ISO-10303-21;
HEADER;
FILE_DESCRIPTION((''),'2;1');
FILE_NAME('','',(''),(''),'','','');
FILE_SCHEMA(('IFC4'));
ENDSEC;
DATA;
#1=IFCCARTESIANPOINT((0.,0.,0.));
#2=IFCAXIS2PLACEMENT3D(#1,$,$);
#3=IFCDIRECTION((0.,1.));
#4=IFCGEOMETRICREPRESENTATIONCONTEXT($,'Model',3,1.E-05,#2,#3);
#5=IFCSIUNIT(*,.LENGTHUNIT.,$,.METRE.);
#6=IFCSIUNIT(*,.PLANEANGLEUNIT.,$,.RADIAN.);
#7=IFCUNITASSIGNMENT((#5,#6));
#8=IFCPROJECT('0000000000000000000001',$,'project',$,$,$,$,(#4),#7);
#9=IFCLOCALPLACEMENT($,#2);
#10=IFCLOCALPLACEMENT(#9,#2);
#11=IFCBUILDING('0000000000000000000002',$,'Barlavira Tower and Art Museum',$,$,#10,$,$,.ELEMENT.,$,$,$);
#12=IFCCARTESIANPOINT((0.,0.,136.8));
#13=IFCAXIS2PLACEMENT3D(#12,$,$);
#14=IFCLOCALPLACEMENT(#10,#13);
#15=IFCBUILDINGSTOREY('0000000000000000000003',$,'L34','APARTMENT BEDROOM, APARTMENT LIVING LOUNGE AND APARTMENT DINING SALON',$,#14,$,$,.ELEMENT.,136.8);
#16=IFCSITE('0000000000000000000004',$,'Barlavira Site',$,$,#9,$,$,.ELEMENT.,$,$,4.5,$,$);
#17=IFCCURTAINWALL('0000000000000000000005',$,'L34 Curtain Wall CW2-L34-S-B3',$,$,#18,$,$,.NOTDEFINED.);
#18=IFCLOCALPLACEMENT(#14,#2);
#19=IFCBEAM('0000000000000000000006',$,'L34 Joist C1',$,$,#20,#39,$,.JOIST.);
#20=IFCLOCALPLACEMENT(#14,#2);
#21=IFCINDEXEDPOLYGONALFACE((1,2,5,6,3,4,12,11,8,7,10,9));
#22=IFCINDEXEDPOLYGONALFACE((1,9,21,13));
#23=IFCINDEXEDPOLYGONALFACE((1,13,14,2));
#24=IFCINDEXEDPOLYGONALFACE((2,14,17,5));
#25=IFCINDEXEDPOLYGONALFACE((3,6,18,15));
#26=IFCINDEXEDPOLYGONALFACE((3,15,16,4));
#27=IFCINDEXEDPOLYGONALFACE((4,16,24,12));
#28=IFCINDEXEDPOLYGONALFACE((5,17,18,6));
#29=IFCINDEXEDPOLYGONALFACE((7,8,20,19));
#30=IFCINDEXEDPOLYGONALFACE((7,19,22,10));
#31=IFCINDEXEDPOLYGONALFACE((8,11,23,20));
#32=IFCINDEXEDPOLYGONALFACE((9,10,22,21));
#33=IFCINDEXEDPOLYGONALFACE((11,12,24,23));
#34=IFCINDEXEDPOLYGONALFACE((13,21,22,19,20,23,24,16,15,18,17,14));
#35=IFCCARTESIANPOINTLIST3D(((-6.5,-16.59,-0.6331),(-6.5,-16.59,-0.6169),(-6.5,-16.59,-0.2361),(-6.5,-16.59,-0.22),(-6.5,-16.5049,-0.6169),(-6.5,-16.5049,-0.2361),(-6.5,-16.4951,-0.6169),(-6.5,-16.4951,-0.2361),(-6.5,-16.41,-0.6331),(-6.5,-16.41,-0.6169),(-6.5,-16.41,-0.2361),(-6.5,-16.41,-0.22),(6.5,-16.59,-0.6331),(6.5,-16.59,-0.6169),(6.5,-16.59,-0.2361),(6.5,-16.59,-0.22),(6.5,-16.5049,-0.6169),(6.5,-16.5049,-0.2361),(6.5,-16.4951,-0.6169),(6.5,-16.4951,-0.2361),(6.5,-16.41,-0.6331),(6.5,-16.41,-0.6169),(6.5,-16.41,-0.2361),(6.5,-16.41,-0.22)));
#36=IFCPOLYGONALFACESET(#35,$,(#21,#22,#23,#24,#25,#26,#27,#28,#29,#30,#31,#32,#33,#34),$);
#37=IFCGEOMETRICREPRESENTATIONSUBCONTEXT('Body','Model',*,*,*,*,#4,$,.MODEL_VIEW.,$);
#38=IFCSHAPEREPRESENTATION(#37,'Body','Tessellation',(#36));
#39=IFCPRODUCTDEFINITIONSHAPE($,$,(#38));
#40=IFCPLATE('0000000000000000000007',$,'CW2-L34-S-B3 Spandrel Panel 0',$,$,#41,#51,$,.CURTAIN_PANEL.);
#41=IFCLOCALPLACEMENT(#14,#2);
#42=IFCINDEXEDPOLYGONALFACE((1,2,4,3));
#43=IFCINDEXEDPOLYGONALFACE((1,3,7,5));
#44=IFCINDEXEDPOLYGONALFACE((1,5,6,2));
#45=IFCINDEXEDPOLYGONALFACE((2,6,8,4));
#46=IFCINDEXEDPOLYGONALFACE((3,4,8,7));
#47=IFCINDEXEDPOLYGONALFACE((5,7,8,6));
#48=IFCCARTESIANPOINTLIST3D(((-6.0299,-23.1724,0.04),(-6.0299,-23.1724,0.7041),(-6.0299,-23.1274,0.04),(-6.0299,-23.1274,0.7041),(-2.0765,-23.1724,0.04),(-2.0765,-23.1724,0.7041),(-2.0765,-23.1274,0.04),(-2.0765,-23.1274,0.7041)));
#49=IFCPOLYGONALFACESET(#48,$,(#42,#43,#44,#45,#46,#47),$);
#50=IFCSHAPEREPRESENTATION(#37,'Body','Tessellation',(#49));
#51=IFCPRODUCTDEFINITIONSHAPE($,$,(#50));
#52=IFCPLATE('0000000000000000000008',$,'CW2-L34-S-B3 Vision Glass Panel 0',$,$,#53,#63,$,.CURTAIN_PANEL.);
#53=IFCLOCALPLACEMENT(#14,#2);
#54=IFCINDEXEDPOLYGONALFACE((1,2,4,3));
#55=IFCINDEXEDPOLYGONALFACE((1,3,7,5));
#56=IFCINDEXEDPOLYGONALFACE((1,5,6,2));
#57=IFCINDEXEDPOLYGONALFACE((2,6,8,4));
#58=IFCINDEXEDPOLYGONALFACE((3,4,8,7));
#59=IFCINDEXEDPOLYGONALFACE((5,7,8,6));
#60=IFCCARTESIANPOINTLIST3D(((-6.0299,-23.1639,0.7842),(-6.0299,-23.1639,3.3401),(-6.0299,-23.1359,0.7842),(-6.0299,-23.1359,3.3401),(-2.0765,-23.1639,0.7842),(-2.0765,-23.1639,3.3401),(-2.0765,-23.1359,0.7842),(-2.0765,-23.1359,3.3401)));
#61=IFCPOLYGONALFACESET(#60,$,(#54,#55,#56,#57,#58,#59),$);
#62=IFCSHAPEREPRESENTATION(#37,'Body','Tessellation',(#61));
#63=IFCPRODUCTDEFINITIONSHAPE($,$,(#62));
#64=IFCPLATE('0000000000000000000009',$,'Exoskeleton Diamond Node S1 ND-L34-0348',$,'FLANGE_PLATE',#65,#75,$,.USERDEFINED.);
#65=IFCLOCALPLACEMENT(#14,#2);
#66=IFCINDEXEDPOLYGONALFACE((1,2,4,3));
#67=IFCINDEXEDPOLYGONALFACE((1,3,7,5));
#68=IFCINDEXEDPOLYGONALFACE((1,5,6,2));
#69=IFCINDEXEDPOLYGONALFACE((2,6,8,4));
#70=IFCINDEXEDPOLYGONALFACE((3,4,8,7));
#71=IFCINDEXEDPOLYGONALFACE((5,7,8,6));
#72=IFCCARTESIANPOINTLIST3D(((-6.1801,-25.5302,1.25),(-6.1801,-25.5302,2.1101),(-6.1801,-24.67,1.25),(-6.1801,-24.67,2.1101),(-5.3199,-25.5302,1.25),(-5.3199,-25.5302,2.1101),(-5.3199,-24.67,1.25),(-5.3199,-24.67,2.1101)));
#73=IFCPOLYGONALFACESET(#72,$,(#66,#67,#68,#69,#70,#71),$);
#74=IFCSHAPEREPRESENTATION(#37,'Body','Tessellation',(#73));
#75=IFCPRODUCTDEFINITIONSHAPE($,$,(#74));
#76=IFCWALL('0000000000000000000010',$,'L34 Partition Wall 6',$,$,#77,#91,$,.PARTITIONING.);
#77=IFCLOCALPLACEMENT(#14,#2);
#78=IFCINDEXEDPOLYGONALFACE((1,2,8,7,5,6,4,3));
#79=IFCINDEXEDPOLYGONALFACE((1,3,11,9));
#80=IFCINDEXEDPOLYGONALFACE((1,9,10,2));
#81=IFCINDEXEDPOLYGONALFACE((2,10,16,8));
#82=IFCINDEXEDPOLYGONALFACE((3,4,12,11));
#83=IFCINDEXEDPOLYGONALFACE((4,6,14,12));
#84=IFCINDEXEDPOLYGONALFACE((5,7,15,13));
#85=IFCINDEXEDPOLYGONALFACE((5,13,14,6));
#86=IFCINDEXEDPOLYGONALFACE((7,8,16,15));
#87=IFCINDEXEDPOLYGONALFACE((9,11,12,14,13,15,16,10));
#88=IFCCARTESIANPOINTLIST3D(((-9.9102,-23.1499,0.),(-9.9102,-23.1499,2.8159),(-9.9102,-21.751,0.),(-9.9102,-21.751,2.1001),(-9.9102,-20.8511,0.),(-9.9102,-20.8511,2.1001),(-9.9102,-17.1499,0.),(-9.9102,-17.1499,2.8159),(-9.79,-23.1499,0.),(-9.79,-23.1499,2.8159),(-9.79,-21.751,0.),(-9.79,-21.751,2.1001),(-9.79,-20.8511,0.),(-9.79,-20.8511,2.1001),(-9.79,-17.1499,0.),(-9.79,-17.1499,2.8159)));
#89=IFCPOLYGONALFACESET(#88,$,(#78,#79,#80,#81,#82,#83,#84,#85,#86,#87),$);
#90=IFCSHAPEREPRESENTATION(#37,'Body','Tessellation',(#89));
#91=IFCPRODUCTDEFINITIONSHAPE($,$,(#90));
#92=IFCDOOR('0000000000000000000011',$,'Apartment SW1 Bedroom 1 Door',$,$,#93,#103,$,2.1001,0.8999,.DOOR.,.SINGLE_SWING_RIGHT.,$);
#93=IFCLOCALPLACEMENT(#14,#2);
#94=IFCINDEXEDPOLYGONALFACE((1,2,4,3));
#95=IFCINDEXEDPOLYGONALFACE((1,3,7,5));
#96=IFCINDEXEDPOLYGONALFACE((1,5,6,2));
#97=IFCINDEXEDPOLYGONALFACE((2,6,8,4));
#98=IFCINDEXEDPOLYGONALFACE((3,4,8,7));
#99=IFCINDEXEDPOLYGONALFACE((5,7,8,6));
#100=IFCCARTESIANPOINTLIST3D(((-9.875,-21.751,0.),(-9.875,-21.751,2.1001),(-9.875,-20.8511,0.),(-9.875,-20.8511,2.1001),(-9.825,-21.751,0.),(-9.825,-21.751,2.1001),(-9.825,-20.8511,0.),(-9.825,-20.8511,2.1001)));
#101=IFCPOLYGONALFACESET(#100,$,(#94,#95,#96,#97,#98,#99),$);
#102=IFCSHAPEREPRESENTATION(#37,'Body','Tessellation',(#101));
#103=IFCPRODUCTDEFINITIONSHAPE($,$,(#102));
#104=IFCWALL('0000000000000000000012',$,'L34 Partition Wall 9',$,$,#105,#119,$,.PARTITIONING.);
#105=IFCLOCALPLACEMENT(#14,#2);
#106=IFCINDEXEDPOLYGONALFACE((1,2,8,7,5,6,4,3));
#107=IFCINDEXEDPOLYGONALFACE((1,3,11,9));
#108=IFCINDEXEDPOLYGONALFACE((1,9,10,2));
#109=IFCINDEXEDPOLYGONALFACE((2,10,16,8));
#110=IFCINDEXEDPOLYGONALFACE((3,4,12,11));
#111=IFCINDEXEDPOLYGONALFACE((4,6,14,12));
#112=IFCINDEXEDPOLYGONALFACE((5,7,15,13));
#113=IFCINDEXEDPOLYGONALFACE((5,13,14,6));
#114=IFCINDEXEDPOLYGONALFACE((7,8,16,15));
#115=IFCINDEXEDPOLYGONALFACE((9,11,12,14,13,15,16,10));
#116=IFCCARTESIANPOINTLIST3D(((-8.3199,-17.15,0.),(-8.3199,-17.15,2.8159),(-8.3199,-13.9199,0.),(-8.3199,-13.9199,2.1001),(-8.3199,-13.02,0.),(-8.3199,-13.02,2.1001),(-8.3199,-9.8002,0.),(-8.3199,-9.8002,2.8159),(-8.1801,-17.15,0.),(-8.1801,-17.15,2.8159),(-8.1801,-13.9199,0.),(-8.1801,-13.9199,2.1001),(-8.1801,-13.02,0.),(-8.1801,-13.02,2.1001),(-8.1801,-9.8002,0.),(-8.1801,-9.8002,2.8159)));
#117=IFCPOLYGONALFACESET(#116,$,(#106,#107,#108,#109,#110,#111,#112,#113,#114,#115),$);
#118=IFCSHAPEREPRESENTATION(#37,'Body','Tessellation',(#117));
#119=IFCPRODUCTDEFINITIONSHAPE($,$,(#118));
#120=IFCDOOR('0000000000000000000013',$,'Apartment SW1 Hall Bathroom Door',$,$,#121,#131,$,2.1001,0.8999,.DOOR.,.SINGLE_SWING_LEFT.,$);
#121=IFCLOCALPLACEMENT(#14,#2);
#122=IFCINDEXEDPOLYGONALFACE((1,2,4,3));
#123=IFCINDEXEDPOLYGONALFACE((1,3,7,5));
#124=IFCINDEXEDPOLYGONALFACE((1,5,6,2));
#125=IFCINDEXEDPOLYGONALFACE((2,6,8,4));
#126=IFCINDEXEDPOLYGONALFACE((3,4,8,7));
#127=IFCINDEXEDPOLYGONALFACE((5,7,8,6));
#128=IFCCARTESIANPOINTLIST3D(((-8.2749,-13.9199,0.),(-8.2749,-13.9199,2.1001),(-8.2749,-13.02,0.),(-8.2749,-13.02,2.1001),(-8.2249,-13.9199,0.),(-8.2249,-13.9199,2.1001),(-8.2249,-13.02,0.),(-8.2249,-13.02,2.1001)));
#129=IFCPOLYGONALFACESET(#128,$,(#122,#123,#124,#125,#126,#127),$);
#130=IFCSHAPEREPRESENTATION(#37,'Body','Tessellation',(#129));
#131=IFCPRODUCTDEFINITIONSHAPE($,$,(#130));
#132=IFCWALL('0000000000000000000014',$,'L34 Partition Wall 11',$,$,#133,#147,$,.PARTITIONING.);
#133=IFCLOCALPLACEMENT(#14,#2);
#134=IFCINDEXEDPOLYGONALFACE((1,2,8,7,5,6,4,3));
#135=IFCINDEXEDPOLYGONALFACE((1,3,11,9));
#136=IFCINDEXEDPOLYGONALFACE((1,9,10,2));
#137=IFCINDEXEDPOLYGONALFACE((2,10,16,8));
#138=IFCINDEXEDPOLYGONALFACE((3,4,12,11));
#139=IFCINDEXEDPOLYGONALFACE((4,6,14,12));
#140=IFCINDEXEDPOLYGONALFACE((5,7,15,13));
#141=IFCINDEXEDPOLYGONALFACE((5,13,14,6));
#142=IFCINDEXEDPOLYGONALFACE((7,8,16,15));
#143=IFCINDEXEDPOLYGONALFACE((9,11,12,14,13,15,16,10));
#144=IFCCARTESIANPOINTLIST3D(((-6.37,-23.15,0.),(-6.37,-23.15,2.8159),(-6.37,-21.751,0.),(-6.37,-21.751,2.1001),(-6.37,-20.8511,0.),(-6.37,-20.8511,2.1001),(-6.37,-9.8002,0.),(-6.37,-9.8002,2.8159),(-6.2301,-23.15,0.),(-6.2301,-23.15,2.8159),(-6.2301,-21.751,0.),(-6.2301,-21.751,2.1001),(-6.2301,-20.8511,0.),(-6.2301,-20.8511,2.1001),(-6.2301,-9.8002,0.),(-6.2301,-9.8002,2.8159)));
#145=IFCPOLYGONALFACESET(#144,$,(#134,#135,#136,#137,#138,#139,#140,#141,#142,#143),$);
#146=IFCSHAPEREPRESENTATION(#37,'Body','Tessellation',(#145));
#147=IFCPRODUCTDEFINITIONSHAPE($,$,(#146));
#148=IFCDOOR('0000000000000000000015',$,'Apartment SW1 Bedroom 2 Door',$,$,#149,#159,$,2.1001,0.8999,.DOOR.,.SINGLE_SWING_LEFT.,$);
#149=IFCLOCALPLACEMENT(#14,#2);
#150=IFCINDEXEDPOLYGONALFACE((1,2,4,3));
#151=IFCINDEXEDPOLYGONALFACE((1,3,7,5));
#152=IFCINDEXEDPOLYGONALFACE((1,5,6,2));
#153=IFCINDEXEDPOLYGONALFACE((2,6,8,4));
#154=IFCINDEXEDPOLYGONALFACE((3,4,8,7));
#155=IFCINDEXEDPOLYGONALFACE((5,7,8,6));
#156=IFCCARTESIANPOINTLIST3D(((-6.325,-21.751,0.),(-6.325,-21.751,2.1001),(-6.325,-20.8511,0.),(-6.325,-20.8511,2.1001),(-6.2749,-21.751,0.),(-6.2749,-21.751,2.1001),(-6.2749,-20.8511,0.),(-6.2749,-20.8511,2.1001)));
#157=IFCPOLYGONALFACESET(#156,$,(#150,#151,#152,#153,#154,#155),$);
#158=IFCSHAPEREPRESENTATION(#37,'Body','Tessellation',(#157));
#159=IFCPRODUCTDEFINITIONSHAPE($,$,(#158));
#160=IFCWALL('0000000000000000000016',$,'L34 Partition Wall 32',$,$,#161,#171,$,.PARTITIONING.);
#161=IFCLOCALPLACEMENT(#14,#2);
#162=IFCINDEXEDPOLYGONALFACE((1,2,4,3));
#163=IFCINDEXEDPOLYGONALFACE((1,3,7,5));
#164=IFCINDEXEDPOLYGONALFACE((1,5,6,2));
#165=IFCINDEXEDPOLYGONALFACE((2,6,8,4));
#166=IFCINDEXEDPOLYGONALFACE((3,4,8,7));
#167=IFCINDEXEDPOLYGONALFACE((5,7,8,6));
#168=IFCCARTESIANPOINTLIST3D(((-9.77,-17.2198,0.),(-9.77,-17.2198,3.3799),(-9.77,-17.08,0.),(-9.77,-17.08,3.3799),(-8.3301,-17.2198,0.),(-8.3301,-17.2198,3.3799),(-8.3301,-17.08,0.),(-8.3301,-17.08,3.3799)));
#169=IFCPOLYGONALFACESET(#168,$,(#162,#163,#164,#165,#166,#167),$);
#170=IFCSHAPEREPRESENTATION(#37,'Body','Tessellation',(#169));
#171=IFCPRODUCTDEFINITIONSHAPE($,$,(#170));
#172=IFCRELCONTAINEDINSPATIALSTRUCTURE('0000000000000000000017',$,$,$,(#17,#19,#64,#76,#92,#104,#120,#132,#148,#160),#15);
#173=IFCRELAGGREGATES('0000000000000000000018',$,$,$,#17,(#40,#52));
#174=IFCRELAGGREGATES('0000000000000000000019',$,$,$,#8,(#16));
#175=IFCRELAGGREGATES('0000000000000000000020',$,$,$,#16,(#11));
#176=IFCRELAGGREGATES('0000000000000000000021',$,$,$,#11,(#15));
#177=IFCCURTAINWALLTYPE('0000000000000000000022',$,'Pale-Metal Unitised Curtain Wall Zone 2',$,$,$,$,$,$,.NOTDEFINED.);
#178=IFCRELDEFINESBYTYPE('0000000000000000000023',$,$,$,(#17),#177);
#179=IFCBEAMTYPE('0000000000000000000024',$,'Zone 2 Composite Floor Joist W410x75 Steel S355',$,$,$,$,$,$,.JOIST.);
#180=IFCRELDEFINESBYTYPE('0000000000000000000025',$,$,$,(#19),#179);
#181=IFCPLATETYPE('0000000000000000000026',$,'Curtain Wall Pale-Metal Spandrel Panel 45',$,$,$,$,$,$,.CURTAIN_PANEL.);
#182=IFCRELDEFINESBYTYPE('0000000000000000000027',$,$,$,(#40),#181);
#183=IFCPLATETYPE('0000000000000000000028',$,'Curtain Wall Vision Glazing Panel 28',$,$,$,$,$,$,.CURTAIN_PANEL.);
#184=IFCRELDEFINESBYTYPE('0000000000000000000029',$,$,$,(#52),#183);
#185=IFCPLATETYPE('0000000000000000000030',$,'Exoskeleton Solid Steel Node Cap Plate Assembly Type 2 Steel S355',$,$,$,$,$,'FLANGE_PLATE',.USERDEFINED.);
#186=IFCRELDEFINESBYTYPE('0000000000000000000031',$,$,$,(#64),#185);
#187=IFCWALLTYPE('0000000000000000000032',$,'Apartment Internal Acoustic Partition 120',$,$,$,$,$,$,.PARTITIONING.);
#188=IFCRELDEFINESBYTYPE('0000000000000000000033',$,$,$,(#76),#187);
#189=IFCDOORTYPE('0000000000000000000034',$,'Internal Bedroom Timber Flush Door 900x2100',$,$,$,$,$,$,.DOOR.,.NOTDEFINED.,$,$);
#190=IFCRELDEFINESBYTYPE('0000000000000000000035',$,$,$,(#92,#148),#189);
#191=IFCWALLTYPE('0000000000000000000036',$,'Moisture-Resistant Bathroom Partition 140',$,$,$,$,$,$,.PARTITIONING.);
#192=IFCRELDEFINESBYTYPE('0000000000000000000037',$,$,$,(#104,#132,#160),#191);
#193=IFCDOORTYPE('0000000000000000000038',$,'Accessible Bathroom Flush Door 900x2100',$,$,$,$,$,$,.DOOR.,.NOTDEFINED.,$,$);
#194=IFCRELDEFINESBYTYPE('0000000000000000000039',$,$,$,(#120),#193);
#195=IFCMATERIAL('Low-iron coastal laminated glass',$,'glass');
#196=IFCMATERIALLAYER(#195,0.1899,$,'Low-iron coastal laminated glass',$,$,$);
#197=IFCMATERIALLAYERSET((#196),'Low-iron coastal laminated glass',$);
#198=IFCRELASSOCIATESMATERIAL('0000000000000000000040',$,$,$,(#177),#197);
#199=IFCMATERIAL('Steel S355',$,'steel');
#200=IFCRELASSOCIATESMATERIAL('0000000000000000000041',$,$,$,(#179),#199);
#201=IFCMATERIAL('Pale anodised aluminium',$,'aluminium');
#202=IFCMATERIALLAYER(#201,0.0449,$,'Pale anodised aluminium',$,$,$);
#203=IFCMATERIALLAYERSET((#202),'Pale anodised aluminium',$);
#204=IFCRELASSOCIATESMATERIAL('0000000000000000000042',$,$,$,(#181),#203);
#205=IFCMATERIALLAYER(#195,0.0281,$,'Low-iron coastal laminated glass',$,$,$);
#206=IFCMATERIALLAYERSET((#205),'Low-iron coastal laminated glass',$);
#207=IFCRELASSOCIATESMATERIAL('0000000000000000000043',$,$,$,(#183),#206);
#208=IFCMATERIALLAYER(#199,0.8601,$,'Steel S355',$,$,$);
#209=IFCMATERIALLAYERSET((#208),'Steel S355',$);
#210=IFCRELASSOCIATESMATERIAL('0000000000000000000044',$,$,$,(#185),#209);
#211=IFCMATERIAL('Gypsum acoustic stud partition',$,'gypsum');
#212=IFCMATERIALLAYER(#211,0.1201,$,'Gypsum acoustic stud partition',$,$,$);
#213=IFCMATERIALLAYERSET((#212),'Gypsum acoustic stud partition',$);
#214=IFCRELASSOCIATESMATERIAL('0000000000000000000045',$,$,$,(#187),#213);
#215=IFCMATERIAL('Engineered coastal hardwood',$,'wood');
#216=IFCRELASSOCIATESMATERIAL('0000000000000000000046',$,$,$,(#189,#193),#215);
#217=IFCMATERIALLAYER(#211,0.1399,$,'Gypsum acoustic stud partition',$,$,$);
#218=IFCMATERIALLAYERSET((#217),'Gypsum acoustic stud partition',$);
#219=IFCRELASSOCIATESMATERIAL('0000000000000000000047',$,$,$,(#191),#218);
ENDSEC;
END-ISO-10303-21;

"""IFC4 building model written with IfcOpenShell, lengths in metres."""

from ifc_helpers import new_model, si_unit, direction, frame, frame_2d, origin, origin_2d, place, context, subcontext, project, spatial, rectangle, i_section, extrude, material, layer, layer_set, material_profile, profile_set, type_object, element, fill, aggregate, save


model = new_model("IFC4")

# Units and contexts
model_context = context("Model", 3, precision=1e-05, world=origin(), true_north=direction((0.0, 1.0)))
body_context = subcontext(model_context, "Body", "Model", "MODEL_VIEW")
ifc_project = project(units=[si_unit("LENGTHUNIT", "METRE"), si_unit("PLANEANGLEUNIT", "RADIAN")], contexts=[model_context])

# Site, building, storey
site_placement = place(None, origin())
site = spatial("IfcSite", under=ifc_project, at=site_placement, Name="Barlavira Site", CompositionType="ELEMENT", RefElevation=4.5)
building_placement = place(site_placement, origin())
building = spatial("IfcBuilding", under=site, at=building_placement, Name="Barlavira Tower and Art Museum", CompositionType="ELEMENT")
storey_placement = place(building_placement, frame((0.0, 0.0, 136.8)))
storey = spatial("IfcBuildingStorey", under=building, at=storey_placement, Name="L34", Description="APARTMENT BEDROOM, APARTMENT LIVING LOUNGE AND APARTMENT DINING SALON", CompositionType="ELEMENT", Elevation=136.8)

# Curtain wall
ifc_material_1 = material(Name="Low-iron coastal laminated glass", Category="glass")
ifc_layer_1 = layer(ifc_material_1, 0.1899, Name="Low-iron coastal laminated glass")
ifc_layer_set_1 = layer_set([ifc_layer_1], Name="Low-iron coastal laminated glass")
curtain_wall_type = type_object("IfcCurtainWallType", Name="Pale-Metal Unitised Curtain Wall Zone 2", PredefinedType="NOTDEFINED", material=ifc_layer_set_1)
curtain_wall_placement = place(storey_placement, origin())
curtain_wall = element("IfcCurtainWall", 1, at=curtain_wall_placement, inside=storey, type_object=curtain_wall_type, Name="L34 Curtain Wall CW2-L34-S-B3", PredefinedType="NOTDEFINED")
ifc_material_2 = material(Name="Pale anodised aluminium", Category="aluminium")

# Beam
ifc_material_3 = material(Name="Steel S355", Category="steel")
ifc_material_profile_1 = material_profile(ifc_material_3, i_section(OverallWidth=0.1799, OverallDepth=0.4131, WebThickness=0.0098, FlangeThickness=0.0161, at=origin_2d()), Name="W410x75.0")
ifc_profile_set_1 = profile_set([ifc_material_profile_1], Name="Steel S355")
beam_type_1 = type_object("IfcBeamType", Name="Zone 2 Composite Floor Joist W410x75 Steel S355", PredefinedType="JOIST", material=ifc_profile_set_1)
beam_1_placement = place(storey_placement, frame((-6.5, -16.5, -0.4265), z_axis=(1.0, 0.0, 0.0), x_axis=(0.0, 1.0, 0.0)))
element("IfcBeam", 2, at=beam_1_placement, inside=storey, type_object=beam_type_1, Name="L34 Joist C1", PredefinedType="JOIST", context=body_context, shape_type="SweptSolid", body=[
    extrude(i_section(OverallWidth=0.1799, OverallDepth=0.4131, WebThickness=0.0098, FlangeThickness=0.0161, at=origin_2d()), origin(), (0.0, 0.0, 1.0), 13.0),
])

# Plates
ifc_layer_2 = layer(ifc_material_2, 0.0449, Name="Pale anodised aluminium")
ifc_layer_set_2 = layer_set([ifc_layer_2], Name="Pale anodised aluminium")
plate_type_1 = type_object("IfcPlateType", Name="Curtain Wall Pale-Metal Spandrel Panel 45", PredefinedType="CURTAIN_PANEL", material=ifc_layer_set_2)
plate_1_placement = place(storey_placement, frame((-4.0532, -23.1499, 0.04), z_axis=(0.0, 0.0, 1.0), x_axis=(1.0, 0.0, 0.0)))
plate_1 = element("IfcPlate", 3, at=plate_1_placement, type_object=plate_type_1, Name="CW2-L34-S-B3 Spandrel Panel 0", PredefinedType="CURTAIN_PANEL", context=body_context, shape_type="SweptSolid", body=[
    extrude(rectangle(XDim=3.9534, YDim=0.0449, at=origin_2d()), origin(), (0.0, 0.0, 1.0), 0.6641),
])
ifc_layer_3 = layer(ifc_material_1, 0.0281, Name="Low-iron coastal laminated glass")
ifc_layer_set_3 = layer_set([ifc_layer_3], Name="Low-iron coastal laminated glass")
plate_type_2 = type_object("IfcPlateType", Name="Curtain Wall Vision Glazing Panel 28", PredefinedType="CURTAIN_PANEL", material=ifc_layer_set_3)
plate_2_placement = place(storey_placement, frame((-4.0532, -23.1499, 0.7842), z_axis=(0.0, 0.0, 1.0), x_axis=(1.0, 0.0, 0.0)))
plate_2 = element("IfcPlate", 4, at=plate_2_placement, type_object=plate_type_2, Name="CW2-L34-S-B3 Vision Glass Panel 0", PredefinedType="CURTAIN_PANEL", context=body_context, shape_type="SweptSolid", body=[
    extrude(rectangle(XDim=3.9534, YDim=0.0281, at=origin_2d()), origin(), (0.0, 0.0, 1.0), 2.5559),
])
aggregate(curtain_wall, [plate_1, plate_2])
ifc_layer_4 = layer(ifc_material_3, 0.8601, Name="Steel S355")
ifc_layer_set_4 = layer_set([ifc_layer_4], Name="Steel S355")
plate_type_3 = type_object("IfcPlateType", Name="Exoskeleton Solid Steel Node Cap Plate Assembly Type 2 Steel S355", ElementType="FLANGE_PLATE", PredefinedType="USERDEFINED", material=ifc_layer_set_4)
plate_3_placement = place(storey_placement, frame((-5.75, -25.1001, 1.25), z_axis=(0.0, 0.0, 1.0), x_axis=(1.0, 0.0, 0.0)))
element("IfcPlate", 5, at=plate_3_placement, inside=storey, type_object=plate_type_3, Name="Exoskeleton Diamond Node S1 ND-L34-0348", ObjectType="FLANGE_PLATE", PredefinedType="USERDEFINED", context=body_context, shape_type="SweptSolid", body=[
    extrude(rectangle(XDim=0.8601, YDim=0.8601, at=origin_2d()), origin(), (0.0, 0.0, 1.0), 0.8601),
])

# Walls, openings, doors
ifc_material_4 = material(Name="Gypsum acoustic stud partition", Category="gypsum")
ifc_layer_5 = layer(ifc_material_4, 0.1201, Name="Gypsum acoustic stud partition")
ifc_layer_set_5 = layer_set([ifc_layer_5], Name="Gypsum acoustic stud partition")
wall_type_1 = type_object("IfcWallType", Name="Apartment Internal Acoustic Partition 120", PredefinedType="PARTITIONING", material=ifc_layer_set_5)
wall_1_placement = place(storey_placement, frame((-9.8501, -23.1499, 0.0), z_axis=(0.0, 0.0, 1.0), x_axis=(0.0, 1.0, 0.0)))
wall_1 = element("IfcWall", 6, at=wall_1_placement, inside=storey, type_object=wall_type_1, Name="L34 Partition Wall 6", PredefinedType="PARTITIONING", context=body_context, shape_type="SweptSolid", body=[
    extrude(rectangle(XDim=6.0, YDim=0.1201, at=frame_2d((3.0, 0.0))), origin(), (0.0, 0.0, 1.0), 2.8159),
])
opening_1_placement = place(wall_1_placement, frame((1.3989, 0.0, 0.0)))
opening_1 = element("IfcOpeningElement", 7, at=opening_1_placement, cuts=wall_1, PredefinedType="OPENING", context=body_context, shape_type="SweptSolid", body=[
    extrude(rectangle(XDim=0.8999, YDim=2.1001, at=frame_2d((0.45, 1.05))), frame((0.0, 0.0701, 0.0), z_axis=(0.0, -1.0, 0.0), x_axis=(1.0, 0.0, 0.0)), (0.0, 0.0, 1.0), 0.1401),
])
ifc_material_5 = material(Name="Engineered coastal hardwood", Category="wood")
door_type_1 = type_object("IfcDoorType", Name="Internal Bedroom Timber Flush Door 900x2100", OperationType="NOTDEFINED", PredefinedType="DOOR", material=ifc_material_5)
door_1_placement = place(opening_1_placement, origin())
door_1 = element("IfcDoor", 8, at=door_1_placement, inside=storey, type_object=door_type_1, Name="Apartment SW1 Bedroom 1 Door", OperationType="SINGLE_SWING_RIGHT", OverallHeight=2.1001, OverallWidth=0.8999, PredefinedType="DOOR", context=body_context, shape_type="SweptSolid", body=[
    extrude(rectangle(XDim=0.8999, YDim=2.1001, at=frame_2d((0.45, 1.05))), frame((0.0, 0.0249, 0.0), z_axis=(0.0, -1.0, 0.0), x_axis=(1.0, 0.0, 0.0)), (0.0, 0.0, 1.0), 0.05),
])
fill(opening_1, door_1)
ifc_layer_6 = layer(ifc_material_4, 0.1399, Name="Gypsum acoustic stud partition")
ifc_layer_set_6 = layer_set([ifc_layer_6], Name="Gypsum acoustic stud partition")
wall_type_2 = type_object("IfcWallType", Name="Moisture-Resistant Bathroom Partition 140", PredefinedType="PARTITIONING", material=ifc_layer_set_6)
wall_2_placement = place(storey_placement, frame((-8.25, -17.1499, 0.0), z_axis=(0.0, 0.0, 1.0), x_axis=(0.0, 1.0, 0.0)))
wall_2 = element("IfcWall", 9, at=wall_2_placement, inside=storey, type_object=wall_type_2, Name="L34 Partition Wall 9", PredefinedType="PARTITIONING", context=body_context, shape_type="SweptSolid", body=[
    extrude(rectangle(XDim=7.3499, YDim=0.1399, at=frame_2d((3.6748, 0.0))), origin(), (0.0, 0.0, 1.0), 2.8159),
])
opening_2_placement = place(wall_2_placement, frame((3.23, 0.0, 0.0)))
opening_2 = element("IfcOpeningElement", 10, at=opening_2_placement, cuts=wall_2, PredefinedType="OPENING", context=body_context, shape_type="SweptSolid", body=[
    extrude(rectangle(XDim=0.8999, YDim=2.1001, at=frame_2d((0.45, 1.05))), frame((0.0, 0.0801, 0.0), z_axis=(0.0, -1.0, 0.0), x_axis=(1.0, 0.0, 0.0)), (0.0, 0.0, 1.0), 0.1599),
])
door_type_2 = type_object("IfcDoorType", Name="Accessible Bathroom Flush Door 900x2100", OperationType="NOTDEFINED", PredefinedType="DOOR", material=ifc_material_5)
door_2_placement = place(opening_2_placement, origin())
door_2 = element("IfcDoor", 11, at=door_2_placement, inside=storey, type_object=door_type_2, Name="Apartment SW1 Hall Bathroom Door", OperationType="SINGLE_SWING_LEFT", OverallHeight=2.1001, OverallWidth=0.8999, PredefinedType="DOOR", context=body_context, shape_type="SweptSolid", body=[
    extrude(rectangle(XDim=0.8999, YDim=2.1001, at=frame_2d((0.45, 1.05))), frame((0.0, 0.0249, 0.0), z_axis=(0.0, -1.0, 0.0), x_axis=(1.0, 0.0, 0.0)), (0.0, 0.0, 1.0), 0.05),
])
fill(opening_2, door_2)
wall_3_placement = place(storey_placement, frame((-6.3, -23.1499, 0.0), z_axis=(0.0, 0.0, 1.0), x_axis=(0.0, 1.0, 0.0)))
wall_3 = element("IfcWall", 12, at=wall_3_placement, inside=storey, type_object=wall_type_2, Name="L34 Partition Wall 11", PredefinedType="PARTITIONING", context=body_context, shape_type="SweptSolid", body=[
    extrude(rectangle(XDim=13.3499, YDim=0.1399, at=frame_2d((6.6748, 0.0))), origin(), (0.0, 0.0, 1.0), 2.8159),
])
opening_3_placement = place(wall_3_placement, frame((1.3989, 0.0, 0.0)))
opening_3 = element("IfcOpeningElement", 13, at=opening_3_placement, cuts=wall_3, PredefinedType="OPENING", context=body_context, shape_type="SweptSolid", body=[
    extrude(rectangle(XDim=0.8999, YDim=2.1001, at=frame_2d((0.45, 1.05))), frame((0.0, 0.0801, 0.0), z_axis=(0.0, -1.0, 0.0), x_axis=(1.0, 0.0, 0.0)), (0.0, 0.0, 1.0), 0.1599),
])
door_3_placement = place(opening_3_placement, origin())
door_3 = element("IfcDoor", 14, at=door_3_placement, inside=storey, type_object=door_type_1, Name="Apartment SW1 Bedroom 2 Door", OperationType="SINGLE_SWING_LEFT", OverallHeight=2.1001, OverallWidth=0.8999, PredefinedType="DOOR", context=body_context, shape_type="SweptSolid", body=[
    extrude(rectangle(XDim=0.8999, YDim=2.1001, at=frame_2d((0.45, 1.05))), frame((0.0, 0.0249, 0.0), z_axis=(0.0, -1.0, 0.0), x_axis=(1.0, 0.0, 0.0)), (0.0, 0.0, 1.0), 0.05),
])
fill(opening_3, door_3)

# Wall
wall_4_placement = place(storey_placement, frame((-9.77, -17.1499, 0.0), z_axis=(0.0, 0.0, 1.0), x_axis=(1.0, 0.0, 0.0)))
element("IfcWall", 15, at=wall_4_placement, inside=storey, type_object=wall_type_2, Name="L34 Partition Wall 32", PredefinedType="PARTITIONING", context=body_context, shape_type="SweptSolid", body=[
    extrude(rectangle(XDim=1.4399, YDim=0.1399, at=frame_2d((0.72, 0.0))), origin(), (0.0, 0.0, 1.0), 3.3799),
])

save(model, "model.ifc")
